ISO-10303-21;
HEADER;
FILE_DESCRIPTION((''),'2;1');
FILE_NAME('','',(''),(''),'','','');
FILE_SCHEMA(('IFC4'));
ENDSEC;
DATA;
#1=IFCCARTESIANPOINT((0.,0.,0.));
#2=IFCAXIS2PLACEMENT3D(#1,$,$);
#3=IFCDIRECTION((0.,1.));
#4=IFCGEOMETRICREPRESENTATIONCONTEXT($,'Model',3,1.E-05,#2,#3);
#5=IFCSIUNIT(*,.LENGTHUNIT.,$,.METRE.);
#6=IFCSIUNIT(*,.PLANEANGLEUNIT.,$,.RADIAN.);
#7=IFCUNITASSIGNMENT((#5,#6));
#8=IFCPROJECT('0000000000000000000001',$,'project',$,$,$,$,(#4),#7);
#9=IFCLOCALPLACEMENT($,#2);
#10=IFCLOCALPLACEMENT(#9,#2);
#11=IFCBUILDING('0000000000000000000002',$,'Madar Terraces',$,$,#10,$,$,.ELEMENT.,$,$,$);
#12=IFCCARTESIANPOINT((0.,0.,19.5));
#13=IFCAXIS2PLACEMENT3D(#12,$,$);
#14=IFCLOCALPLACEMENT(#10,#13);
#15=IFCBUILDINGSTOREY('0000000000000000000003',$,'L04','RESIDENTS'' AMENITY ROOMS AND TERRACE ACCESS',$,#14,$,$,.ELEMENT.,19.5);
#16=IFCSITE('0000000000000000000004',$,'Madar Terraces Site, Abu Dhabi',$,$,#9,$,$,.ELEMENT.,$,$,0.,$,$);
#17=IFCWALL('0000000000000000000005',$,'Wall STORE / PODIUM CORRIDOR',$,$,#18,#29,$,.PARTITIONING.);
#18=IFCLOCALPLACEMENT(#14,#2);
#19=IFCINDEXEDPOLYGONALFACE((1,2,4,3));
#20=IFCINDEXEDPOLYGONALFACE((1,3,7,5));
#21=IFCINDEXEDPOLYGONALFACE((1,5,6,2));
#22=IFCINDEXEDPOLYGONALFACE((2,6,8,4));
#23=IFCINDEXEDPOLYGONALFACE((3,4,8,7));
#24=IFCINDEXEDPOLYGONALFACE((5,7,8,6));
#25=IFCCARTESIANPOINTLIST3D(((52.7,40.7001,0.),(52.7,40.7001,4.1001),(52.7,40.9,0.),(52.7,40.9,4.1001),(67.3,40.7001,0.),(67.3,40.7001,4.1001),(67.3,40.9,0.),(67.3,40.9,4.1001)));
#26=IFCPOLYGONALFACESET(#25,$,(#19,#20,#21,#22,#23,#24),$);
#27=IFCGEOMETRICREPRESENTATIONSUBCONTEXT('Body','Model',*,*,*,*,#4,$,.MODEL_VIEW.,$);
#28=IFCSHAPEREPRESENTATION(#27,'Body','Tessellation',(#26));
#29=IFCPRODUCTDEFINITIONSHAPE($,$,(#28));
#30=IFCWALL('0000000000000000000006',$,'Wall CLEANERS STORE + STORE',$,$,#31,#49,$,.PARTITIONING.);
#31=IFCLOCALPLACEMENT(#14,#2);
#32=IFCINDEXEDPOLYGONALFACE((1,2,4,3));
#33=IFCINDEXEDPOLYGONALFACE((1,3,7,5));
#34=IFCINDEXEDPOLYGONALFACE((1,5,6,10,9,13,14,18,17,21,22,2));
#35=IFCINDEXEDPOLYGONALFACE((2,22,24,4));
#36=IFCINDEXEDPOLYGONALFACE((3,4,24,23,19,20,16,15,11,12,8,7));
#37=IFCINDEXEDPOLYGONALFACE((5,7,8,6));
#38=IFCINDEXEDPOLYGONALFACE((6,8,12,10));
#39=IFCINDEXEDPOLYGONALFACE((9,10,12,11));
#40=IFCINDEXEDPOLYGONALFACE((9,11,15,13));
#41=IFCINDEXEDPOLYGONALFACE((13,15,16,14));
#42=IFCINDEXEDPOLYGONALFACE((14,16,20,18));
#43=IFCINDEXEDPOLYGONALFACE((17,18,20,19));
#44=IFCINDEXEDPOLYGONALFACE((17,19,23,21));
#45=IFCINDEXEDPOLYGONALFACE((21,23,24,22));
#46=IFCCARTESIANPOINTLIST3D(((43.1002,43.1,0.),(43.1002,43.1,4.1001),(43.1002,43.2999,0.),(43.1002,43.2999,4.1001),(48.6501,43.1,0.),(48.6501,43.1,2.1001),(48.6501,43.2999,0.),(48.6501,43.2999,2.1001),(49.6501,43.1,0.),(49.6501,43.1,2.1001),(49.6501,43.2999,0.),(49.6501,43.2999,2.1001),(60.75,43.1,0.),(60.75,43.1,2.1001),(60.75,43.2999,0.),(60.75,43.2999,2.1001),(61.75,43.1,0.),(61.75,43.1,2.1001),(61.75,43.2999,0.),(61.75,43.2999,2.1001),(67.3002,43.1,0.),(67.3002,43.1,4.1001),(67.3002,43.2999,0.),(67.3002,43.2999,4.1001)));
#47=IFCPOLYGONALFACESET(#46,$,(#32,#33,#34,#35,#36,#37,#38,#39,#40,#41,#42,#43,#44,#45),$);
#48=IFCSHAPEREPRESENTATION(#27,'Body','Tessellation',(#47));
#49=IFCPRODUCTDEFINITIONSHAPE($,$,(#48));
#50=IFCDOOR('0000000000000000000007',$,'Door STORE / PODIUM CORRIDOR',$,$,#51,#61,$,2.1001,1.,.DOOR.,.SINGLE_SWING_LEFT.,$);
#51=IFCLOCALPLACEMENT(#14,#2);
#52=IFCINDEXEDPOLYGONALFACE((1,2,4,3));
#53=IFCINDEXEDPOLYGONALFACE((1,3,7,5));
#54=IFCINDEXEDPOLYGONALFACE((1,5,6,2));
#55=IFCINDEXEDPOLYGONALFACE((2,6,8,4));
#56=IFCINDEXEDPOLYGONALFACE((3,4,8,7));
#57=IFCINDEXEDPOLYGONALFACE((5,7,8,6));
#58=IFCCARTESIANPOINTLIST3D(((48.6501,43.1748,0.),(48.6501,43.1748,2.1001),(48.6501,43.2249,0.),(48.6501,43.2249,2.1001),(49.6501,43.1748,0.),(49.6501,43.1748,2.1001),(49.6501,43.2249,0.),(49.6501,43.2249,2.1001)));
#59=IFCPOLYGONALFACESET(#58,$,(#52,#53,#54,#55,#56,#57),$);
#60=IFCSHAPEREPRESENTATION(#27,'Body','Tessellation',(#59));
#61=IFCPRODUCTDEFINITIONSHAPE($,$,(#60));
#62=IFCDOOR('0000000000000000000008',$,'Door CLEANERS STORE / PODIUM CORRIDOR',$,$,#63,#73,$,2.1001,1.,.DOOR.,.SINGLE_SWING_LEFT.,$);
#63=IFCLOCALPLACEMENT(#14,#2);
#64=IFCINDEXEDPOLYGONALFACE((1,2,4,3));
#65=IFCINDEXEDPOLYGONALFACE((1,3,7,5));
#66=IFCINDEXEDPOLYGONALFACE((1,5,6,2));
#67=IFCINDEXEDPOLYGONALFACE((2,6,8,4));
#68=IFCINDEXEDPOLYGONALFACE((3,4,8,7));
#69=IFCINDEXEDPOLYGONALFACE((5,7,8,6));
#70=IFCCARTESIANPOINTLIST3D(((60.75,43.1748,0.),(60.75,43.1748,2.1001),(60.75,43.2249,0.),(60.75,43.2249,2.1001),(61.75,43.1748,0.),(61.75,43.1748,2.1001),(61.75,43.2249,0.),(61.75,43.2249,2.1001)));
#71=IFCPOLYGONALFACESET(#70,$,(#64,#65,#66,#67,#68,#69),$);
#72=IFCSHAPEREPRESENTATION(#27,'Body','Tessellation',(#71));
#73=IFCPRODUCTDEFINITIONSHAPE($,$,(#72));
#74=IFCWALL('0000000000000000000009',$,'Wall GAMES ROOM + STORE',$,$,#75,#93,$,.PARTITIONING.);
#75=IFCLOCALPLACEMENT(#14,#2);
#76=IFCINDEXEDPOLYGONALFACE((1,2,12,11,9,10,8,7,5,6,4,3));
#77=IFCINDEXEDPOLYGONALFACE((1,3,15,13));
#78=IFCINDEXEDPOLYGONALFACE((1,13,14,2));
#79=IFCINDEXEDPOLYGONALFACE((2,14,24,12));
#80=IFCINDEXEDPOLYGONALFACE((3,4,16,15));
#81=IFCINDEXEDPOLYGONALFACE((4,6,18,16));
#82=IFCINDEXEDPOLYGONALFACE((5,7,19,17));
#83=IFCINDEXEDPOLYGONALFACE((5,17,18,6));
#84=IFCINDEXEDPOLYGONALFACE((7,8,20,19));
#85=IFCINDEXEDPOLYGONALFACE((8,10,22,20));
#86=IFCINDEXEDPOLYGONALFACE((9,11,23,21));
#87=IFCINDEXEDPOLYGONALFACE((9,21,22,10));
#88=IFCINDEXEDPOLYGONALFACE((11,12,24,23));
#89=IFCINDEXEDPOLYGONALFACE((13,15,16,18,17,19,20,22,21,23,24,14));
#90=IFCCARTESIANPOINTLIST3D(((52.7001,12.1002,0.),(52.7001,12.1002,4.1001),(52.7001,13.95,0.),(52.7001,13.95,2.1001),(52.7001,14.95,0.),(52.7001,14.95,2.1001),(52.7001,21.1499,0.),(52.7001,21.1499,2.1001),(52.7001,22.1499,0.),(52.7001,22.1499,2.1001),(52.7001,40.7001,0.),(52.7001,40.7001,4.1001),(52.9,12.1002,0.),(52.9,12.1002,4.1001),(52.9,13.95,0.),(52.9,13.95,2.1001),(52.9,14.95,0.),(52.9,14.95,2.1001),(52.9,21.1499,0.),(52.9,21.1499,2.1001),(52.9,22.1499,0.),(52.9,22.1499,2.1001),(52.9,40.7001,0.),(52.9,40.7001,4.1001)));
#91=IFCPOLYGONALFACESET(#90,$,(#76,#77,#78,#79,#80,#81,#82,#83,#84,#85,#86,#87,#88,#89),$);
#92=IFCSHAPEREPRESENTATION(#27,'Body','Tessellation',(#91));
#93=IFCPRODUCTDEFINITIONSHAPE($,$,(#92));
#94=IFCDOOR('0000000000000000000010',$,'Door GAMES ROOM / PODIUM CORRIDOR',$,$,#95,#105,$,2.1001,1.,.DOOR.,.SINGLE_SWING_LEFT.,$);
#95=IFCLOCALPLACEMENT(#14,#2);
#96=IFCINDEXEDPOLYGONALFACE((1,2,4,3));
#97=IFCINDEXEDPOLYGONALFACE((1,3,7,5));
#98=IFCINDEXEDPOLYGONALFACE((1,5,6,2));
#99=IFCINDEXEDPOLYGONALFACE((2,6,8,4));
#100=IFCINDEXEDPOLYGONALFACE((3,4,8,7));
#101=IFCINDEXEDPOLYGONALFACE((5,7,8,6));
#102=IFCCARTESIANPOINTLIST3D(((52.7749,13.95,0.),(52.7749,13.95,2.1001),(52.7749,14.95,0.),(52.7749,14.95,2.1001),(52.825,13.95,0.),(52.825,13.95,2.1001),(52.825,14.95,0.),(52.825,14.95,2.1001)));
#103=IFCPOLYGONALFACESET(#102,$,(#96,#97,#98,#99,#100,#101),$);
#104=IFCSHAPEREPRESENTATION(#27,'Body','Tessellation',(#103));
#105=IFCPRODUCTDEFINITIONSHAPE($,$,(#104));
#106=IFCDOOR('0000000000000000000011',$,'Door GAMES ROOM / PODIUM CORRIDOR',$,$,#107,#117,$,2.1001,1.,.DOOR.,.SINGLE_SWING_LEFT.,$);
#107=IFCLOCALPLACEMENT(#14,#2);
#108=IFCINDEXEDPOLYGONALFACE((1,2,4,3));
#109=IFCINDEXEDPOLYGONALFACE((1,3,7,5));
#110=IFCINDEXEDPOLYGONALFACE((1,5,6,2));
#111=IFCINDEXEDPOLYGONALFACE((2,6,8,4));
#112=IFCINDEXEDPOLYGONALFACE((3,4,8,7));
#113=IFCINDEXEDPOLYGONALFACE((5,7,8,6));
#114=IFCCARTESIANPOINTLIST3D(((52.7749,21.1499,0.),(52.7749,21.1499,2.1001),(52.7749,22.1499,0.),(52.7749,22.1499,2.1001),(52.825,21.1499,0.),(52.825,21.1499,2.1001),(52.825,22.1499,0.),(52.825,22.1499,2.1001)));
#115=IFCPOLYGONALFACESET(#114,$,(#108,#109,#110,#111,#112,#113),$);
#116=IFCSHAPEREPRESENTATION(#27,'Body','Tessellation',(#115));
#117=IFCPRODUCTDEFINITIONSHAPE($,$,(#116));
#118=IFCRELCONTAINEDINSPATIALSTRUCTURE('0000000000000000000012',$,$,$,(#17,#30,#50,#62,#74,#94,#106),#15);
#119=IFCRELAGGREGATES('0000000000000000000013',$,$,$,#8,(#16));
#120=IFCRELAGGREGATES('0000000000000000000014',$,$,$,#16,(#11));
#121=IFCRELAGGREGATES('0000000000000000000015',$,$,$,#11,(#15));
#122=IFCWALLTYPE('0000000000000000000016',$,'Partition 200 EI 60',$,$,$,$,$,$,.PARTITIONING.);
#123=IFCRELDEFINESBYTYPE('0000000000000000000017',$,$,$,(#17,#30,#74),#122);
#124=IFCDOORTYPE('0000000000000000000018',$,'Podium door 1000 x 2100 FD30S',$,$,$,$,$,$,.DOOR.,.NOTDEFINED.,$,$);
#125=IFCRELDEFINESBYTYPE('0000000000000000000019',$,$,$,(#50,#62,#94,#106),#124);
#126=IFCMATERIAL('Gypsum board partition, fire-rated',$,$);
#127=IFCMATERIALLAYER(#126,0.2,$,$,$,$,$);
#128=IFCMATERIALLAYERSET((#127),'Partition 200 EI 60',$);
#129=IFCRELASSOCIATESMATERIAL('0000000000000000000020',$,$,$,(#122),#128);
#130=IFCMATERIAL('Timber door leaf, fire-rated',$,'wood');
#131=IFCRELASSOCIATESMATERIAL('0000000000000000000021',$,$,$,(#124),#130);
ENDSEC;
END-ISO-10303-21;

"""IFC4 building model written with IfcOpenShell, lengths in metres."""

from ifc_helpers import new_model, si_unit, direction, frame, frame_2d, origin, place, context, subcontext, project, spatial, rectangle, extrude, material, layer, layer_set, type_object, element, fill, save


model = new_model("IFC4")

# Units and contexts
model_context = context("Model", 3, precision=1e-05, world=origin(), true_north=direction((0.0, 1.0)))
body_context = subcontext(model_context, "Body", "Model", "MODEL_VIEW")
ifc_project = project(units=[si_unit("LENGTHUNIT", "METRE"), si_unit("PLANEANGLEUNIT", "RADIAN")], contexts=[model_context])

# Site, building, storey
site_placement = place(None, origin())
site = spatial("IfcSite", under=ifc_project, at=site_placement, Name="Madar Terraces Site, Abu Dhabi", CompositionType="ELEMENT", RefElevation=0.0)
building_placement = place(site_placement, origin())
building = spatial("IfcBuilding", under=site, at=building_placement, Name="Madar Terraces", CompositionType="ELEMENT")
storey_placement = place(building_placement, frame((0.0, 0.0, 19.5)))
storey = spatial("IfcBuildingStorey", under=building, at=storey_placement, Name="L04", Description="RESIDENTS' AMENITY ROOMS AND TERRACE ACCESS", CompositionType="ELEMENT", Elevation=19.5)

# Shared definitions
ifc_material_1 = material(Name="Gypsum board partition, fire-rated")
ifc_layer_1 = layer(ifc_material_1, 0.2)
ifc_layer_set_1 = layer_set([ifc_layer_1], Name="Partition 200 EI 60")
wall_type_1 = type_object("IfcWallType", Name="Partition 200 EI 60", PredefinedType="PARTITIONING", material=ifc_layer_set_1)

# Wall
wall_1_placement = place(storey_placement, frame((52.7, 40.8, 0.0), z_axis=(0.0, 0.0, 1.0), x_axis=(1.0, 0.0, 0.0)))
element("IfcWall", 1, at=wall_1_placement, inside=storey, type_object=wall_type_1, Name="Wall STORE / PODIUM CORRIDOR", PredefinedType="PARTITIONING", context=body_context, shape_type="SweptSolid", body=[
    extrude(rectangle(XDim=14.6001, YDim=0.2, at=frame_2d((7.3, 0.0))), origin(), (0.0, 0.0, 1.0), 4.1001),
])

# Walls, openings, doors
wall_2_placement = place(storey_placement, frame((43.1001, 43.2, 0.0), z_axis=(0.0, 0.0, 1.0), x_axis=(1.0, 0.0, 0.0)))
wall_2 = element("IfcWall", 2, at=wall_2_placement, inside=storey, type_object=wall_type_1, Name="Wall CLEANERS STORE + STORE", PredefinedType="PARTITIONING", context=body_context, shape_type="SweptSolid", body=[
    extrude(rectangle(XDim=24.2, YDim=0.2, at=frame_2d((12.1001, 0.0))), origin(), (0.0, 0.0, 1.0), 4.1001),
])
opening_1_placement = place(wall_2_placement, frame((5.55, 0.0, 0.0)))
opening_1 = element("IfcOpeningElement", 3, at=opening_1_placement, cuts=wall_2, PredefinedType="OPENING", context=body_context, shape_type="SweptSolid", body=[
    extrude(rectangle(XDim=1.0, YDim=2.1001, at=frame_2d((0.5, 1.05))), frame((0.0, 0.1099, 0.0), z_axis=(0.0, -1.0, 0.0), x_axis=(1.0, 0.0, 0.0)), (0.0, 0.0, 1.0), 0.22),
])
opening_2_placement = place(wall_2_placement, frame((17.6499, 0.0, 0.0)))
opening_2 = element("IfcOpeningElement", 4, at=opening_2_placement, cuts=wall_2, PredefinedType="OPENING", context=body_context, shape_type="SweptSolid", body=[
    extrude(rectangle(XDim=1.0, YDim=2.1001, at=frame_2d((0.5, 1.05))), frame((0.0, 0.1099, 0.0), z_axis=(0.0, -1.0, 0.0), x_axis=(1.0, 0.0, 0.0)), (0.0, 0.0, 1.0), 0.22),
])
ifc_material_2 = material(Name="Timber door leaf, fire-rated", Category="wood")
door_type_1 = type_object("IfcDoorType", Name="Podium door 1000 x 2100 FD30S", OperationType="NOTDEFINED", PredefinedType="DOOR", material=ifc_material_2)
door_1_placement = place(opening_1_placement, origin())
door_1 = element("IfcDoor", 5, at=door_1_placement, inside=storey, type_object=door_type_1, Name="Door STORE / PODIUM CORRIDOR", OperationType="SINGLE_SWING_LEFT", OverallHeight=2.1001, OverallWidth=1.0, PredefinedType="DOOR", context=body_context, shape_type="SweptSolid", body=[
    extrude(rectangle(XDim=1.0, YDim=2.1001, at=frame_2d((0.5, 1.05))), frame((0.0, 0.0249, 0.0), z_axis=(0.0, -1.0, 0.0), x_axis=(1.0, 0.0, 0.0)), (0.0, 0.0, 1.0), 0.05),
])
fill(opening_1, door_1)
door_2_placement = place(opening_2_placement, origin())
door_2 = element("IfcDoor", 6, at=door_2_placement, inside=storey, type_object=door_type_1, Name="Door CLEANERS STORE / PODIUM CORRIDOR", OperationType="SINGLE_SWING_LEFT", OverallHeight=2.1001, OverallWidth=1.0, PredefinedType="DOOR", context=body_context, shape_type="SweptSolid", body=[
    extrude(rectangle(XDim=1.0, YDim=2.1001, at=frame_2d((0.5, 1.05))), frame((0.0, 0.0249, 0.0), z_axis=(0.0, -1.0, 0.0), x_axis=(1.0, 0.0, 0.0)), (0.0, 0.0, 1.0), 0.05),
])
fill(opening_2, door_2)
wall_3_placement = place(storey_placement, frame((52.8, 40.7, 0.0), z_axis=(0.0, 0.0, 1.0), x_axis=(0.0, -1.0, 0.0)))
wall_3 = element("IfcWall", 7, at=wall_3_placement, inside=storey, type_object=wall_type_1, Name="Wall GAMES ROOM + STORE", PredefinedType="PARTITIONING", context=body_context, shape_type="SweptSolid", body=[
    extrude(rectangle(XDim=28.5999, YDim=0.2, at=frame_2d((14.2998, 0.0))), origin(), (0.0, 0.0, 1.0), 4.1001),
])
opening_3_placement = place(wall_3_placement, frame((25.75, 0.0, 0.0)))
opening_3 = element("IfcOpeningElement", 8, at=opening_3_placement, cuts=wall_3, PredefinedType="OPENING", context=body_context, shape_type="SweptSolid", body=[
    extrude(rectangle(XDim=1.0, YDim=2.1001, at=frame_2d((0.5, 1.05))), frame((0.0, 0.1099, 0.0), z_axis=(0.0, -1.0, 0.0), x_axis=(1.0, 0.0, 0.0)), (0.0, 0.0, 1.0), 0.22),
])
opening_4_placement = place(wall_3_placement, frame((18.55, 0.0, 0.0)))
opening_4 = element("IfcOpeningElement", 9, at=opening_4_placement, cuts=wall_3, PredefinedType="OPENING", context=body_context, shape_type="SweptSolid", body=[
    extrude(rectangle(XDim=1.0, YDim=2.1001, at=frame_2d((0.5, 1.05))), frame((0.0, 0.1099, 0.0), z_axis=(0.0, -1.0, 0.0), x_axis=(1.0, 0.0, 0.0)), (0.0, 0.0, 1.0), 0.22),
])
door_3_placement = place(opening_3_placement, origin())
door_3 = element("IfcDoor", 10, at=door_3_placement, inside=storey, type_object=door_type_1, Name="Door GAMES ROOM / PODIUM CORRIDOR", OperationType="SINGLE_SWING_LEFT", OverallHeight=2.1001, OverallWidth=1.0, PredefinedType="DOOR", context=body_context, shape_type="SweptSolid", body=[
    extrude(rectangle(XDim=1.0, YDim=2.1001, at=frame_2d((0.5, 1.05))), frame((0.0, 0.0249, 0.0), z_axis=(0.0, -1.0, 0.0), x_axis=(1.0, 0.0, 0.0)), (0.0, 0.0, 1.0), 0.05),
])
fill(opening_3, door_3)
door_4_placement = place(opening_4_placement, origin())
door_4 = element("IfcDoor", 11, at=door_4_placement, inside=storey, type_object=door_type_1, Name="Door GAMES ROOM / PODIUM CORRIDOR", OperationType="SINGLE_SWING_LEFT", OverallHeight=2.1001, OverallWidth=1.0, PredefinedType="DOOR", context=body_context, shape_type="SweptSolid", body=[
    extrude(rectangle(XDim=1.0, YDim=2.1001, at=frame_2d((0.5, 1.05))), frame((0.0, 0.0249, 0.0), z_axis=(0.0, -1.0, 0.0), x_axis=(1.0, 0.0, 0.0)), (0.0, 0.0, 1.0), 0.05),
])
fill(opening_4, door_4)

save(model, "model.ifc")
